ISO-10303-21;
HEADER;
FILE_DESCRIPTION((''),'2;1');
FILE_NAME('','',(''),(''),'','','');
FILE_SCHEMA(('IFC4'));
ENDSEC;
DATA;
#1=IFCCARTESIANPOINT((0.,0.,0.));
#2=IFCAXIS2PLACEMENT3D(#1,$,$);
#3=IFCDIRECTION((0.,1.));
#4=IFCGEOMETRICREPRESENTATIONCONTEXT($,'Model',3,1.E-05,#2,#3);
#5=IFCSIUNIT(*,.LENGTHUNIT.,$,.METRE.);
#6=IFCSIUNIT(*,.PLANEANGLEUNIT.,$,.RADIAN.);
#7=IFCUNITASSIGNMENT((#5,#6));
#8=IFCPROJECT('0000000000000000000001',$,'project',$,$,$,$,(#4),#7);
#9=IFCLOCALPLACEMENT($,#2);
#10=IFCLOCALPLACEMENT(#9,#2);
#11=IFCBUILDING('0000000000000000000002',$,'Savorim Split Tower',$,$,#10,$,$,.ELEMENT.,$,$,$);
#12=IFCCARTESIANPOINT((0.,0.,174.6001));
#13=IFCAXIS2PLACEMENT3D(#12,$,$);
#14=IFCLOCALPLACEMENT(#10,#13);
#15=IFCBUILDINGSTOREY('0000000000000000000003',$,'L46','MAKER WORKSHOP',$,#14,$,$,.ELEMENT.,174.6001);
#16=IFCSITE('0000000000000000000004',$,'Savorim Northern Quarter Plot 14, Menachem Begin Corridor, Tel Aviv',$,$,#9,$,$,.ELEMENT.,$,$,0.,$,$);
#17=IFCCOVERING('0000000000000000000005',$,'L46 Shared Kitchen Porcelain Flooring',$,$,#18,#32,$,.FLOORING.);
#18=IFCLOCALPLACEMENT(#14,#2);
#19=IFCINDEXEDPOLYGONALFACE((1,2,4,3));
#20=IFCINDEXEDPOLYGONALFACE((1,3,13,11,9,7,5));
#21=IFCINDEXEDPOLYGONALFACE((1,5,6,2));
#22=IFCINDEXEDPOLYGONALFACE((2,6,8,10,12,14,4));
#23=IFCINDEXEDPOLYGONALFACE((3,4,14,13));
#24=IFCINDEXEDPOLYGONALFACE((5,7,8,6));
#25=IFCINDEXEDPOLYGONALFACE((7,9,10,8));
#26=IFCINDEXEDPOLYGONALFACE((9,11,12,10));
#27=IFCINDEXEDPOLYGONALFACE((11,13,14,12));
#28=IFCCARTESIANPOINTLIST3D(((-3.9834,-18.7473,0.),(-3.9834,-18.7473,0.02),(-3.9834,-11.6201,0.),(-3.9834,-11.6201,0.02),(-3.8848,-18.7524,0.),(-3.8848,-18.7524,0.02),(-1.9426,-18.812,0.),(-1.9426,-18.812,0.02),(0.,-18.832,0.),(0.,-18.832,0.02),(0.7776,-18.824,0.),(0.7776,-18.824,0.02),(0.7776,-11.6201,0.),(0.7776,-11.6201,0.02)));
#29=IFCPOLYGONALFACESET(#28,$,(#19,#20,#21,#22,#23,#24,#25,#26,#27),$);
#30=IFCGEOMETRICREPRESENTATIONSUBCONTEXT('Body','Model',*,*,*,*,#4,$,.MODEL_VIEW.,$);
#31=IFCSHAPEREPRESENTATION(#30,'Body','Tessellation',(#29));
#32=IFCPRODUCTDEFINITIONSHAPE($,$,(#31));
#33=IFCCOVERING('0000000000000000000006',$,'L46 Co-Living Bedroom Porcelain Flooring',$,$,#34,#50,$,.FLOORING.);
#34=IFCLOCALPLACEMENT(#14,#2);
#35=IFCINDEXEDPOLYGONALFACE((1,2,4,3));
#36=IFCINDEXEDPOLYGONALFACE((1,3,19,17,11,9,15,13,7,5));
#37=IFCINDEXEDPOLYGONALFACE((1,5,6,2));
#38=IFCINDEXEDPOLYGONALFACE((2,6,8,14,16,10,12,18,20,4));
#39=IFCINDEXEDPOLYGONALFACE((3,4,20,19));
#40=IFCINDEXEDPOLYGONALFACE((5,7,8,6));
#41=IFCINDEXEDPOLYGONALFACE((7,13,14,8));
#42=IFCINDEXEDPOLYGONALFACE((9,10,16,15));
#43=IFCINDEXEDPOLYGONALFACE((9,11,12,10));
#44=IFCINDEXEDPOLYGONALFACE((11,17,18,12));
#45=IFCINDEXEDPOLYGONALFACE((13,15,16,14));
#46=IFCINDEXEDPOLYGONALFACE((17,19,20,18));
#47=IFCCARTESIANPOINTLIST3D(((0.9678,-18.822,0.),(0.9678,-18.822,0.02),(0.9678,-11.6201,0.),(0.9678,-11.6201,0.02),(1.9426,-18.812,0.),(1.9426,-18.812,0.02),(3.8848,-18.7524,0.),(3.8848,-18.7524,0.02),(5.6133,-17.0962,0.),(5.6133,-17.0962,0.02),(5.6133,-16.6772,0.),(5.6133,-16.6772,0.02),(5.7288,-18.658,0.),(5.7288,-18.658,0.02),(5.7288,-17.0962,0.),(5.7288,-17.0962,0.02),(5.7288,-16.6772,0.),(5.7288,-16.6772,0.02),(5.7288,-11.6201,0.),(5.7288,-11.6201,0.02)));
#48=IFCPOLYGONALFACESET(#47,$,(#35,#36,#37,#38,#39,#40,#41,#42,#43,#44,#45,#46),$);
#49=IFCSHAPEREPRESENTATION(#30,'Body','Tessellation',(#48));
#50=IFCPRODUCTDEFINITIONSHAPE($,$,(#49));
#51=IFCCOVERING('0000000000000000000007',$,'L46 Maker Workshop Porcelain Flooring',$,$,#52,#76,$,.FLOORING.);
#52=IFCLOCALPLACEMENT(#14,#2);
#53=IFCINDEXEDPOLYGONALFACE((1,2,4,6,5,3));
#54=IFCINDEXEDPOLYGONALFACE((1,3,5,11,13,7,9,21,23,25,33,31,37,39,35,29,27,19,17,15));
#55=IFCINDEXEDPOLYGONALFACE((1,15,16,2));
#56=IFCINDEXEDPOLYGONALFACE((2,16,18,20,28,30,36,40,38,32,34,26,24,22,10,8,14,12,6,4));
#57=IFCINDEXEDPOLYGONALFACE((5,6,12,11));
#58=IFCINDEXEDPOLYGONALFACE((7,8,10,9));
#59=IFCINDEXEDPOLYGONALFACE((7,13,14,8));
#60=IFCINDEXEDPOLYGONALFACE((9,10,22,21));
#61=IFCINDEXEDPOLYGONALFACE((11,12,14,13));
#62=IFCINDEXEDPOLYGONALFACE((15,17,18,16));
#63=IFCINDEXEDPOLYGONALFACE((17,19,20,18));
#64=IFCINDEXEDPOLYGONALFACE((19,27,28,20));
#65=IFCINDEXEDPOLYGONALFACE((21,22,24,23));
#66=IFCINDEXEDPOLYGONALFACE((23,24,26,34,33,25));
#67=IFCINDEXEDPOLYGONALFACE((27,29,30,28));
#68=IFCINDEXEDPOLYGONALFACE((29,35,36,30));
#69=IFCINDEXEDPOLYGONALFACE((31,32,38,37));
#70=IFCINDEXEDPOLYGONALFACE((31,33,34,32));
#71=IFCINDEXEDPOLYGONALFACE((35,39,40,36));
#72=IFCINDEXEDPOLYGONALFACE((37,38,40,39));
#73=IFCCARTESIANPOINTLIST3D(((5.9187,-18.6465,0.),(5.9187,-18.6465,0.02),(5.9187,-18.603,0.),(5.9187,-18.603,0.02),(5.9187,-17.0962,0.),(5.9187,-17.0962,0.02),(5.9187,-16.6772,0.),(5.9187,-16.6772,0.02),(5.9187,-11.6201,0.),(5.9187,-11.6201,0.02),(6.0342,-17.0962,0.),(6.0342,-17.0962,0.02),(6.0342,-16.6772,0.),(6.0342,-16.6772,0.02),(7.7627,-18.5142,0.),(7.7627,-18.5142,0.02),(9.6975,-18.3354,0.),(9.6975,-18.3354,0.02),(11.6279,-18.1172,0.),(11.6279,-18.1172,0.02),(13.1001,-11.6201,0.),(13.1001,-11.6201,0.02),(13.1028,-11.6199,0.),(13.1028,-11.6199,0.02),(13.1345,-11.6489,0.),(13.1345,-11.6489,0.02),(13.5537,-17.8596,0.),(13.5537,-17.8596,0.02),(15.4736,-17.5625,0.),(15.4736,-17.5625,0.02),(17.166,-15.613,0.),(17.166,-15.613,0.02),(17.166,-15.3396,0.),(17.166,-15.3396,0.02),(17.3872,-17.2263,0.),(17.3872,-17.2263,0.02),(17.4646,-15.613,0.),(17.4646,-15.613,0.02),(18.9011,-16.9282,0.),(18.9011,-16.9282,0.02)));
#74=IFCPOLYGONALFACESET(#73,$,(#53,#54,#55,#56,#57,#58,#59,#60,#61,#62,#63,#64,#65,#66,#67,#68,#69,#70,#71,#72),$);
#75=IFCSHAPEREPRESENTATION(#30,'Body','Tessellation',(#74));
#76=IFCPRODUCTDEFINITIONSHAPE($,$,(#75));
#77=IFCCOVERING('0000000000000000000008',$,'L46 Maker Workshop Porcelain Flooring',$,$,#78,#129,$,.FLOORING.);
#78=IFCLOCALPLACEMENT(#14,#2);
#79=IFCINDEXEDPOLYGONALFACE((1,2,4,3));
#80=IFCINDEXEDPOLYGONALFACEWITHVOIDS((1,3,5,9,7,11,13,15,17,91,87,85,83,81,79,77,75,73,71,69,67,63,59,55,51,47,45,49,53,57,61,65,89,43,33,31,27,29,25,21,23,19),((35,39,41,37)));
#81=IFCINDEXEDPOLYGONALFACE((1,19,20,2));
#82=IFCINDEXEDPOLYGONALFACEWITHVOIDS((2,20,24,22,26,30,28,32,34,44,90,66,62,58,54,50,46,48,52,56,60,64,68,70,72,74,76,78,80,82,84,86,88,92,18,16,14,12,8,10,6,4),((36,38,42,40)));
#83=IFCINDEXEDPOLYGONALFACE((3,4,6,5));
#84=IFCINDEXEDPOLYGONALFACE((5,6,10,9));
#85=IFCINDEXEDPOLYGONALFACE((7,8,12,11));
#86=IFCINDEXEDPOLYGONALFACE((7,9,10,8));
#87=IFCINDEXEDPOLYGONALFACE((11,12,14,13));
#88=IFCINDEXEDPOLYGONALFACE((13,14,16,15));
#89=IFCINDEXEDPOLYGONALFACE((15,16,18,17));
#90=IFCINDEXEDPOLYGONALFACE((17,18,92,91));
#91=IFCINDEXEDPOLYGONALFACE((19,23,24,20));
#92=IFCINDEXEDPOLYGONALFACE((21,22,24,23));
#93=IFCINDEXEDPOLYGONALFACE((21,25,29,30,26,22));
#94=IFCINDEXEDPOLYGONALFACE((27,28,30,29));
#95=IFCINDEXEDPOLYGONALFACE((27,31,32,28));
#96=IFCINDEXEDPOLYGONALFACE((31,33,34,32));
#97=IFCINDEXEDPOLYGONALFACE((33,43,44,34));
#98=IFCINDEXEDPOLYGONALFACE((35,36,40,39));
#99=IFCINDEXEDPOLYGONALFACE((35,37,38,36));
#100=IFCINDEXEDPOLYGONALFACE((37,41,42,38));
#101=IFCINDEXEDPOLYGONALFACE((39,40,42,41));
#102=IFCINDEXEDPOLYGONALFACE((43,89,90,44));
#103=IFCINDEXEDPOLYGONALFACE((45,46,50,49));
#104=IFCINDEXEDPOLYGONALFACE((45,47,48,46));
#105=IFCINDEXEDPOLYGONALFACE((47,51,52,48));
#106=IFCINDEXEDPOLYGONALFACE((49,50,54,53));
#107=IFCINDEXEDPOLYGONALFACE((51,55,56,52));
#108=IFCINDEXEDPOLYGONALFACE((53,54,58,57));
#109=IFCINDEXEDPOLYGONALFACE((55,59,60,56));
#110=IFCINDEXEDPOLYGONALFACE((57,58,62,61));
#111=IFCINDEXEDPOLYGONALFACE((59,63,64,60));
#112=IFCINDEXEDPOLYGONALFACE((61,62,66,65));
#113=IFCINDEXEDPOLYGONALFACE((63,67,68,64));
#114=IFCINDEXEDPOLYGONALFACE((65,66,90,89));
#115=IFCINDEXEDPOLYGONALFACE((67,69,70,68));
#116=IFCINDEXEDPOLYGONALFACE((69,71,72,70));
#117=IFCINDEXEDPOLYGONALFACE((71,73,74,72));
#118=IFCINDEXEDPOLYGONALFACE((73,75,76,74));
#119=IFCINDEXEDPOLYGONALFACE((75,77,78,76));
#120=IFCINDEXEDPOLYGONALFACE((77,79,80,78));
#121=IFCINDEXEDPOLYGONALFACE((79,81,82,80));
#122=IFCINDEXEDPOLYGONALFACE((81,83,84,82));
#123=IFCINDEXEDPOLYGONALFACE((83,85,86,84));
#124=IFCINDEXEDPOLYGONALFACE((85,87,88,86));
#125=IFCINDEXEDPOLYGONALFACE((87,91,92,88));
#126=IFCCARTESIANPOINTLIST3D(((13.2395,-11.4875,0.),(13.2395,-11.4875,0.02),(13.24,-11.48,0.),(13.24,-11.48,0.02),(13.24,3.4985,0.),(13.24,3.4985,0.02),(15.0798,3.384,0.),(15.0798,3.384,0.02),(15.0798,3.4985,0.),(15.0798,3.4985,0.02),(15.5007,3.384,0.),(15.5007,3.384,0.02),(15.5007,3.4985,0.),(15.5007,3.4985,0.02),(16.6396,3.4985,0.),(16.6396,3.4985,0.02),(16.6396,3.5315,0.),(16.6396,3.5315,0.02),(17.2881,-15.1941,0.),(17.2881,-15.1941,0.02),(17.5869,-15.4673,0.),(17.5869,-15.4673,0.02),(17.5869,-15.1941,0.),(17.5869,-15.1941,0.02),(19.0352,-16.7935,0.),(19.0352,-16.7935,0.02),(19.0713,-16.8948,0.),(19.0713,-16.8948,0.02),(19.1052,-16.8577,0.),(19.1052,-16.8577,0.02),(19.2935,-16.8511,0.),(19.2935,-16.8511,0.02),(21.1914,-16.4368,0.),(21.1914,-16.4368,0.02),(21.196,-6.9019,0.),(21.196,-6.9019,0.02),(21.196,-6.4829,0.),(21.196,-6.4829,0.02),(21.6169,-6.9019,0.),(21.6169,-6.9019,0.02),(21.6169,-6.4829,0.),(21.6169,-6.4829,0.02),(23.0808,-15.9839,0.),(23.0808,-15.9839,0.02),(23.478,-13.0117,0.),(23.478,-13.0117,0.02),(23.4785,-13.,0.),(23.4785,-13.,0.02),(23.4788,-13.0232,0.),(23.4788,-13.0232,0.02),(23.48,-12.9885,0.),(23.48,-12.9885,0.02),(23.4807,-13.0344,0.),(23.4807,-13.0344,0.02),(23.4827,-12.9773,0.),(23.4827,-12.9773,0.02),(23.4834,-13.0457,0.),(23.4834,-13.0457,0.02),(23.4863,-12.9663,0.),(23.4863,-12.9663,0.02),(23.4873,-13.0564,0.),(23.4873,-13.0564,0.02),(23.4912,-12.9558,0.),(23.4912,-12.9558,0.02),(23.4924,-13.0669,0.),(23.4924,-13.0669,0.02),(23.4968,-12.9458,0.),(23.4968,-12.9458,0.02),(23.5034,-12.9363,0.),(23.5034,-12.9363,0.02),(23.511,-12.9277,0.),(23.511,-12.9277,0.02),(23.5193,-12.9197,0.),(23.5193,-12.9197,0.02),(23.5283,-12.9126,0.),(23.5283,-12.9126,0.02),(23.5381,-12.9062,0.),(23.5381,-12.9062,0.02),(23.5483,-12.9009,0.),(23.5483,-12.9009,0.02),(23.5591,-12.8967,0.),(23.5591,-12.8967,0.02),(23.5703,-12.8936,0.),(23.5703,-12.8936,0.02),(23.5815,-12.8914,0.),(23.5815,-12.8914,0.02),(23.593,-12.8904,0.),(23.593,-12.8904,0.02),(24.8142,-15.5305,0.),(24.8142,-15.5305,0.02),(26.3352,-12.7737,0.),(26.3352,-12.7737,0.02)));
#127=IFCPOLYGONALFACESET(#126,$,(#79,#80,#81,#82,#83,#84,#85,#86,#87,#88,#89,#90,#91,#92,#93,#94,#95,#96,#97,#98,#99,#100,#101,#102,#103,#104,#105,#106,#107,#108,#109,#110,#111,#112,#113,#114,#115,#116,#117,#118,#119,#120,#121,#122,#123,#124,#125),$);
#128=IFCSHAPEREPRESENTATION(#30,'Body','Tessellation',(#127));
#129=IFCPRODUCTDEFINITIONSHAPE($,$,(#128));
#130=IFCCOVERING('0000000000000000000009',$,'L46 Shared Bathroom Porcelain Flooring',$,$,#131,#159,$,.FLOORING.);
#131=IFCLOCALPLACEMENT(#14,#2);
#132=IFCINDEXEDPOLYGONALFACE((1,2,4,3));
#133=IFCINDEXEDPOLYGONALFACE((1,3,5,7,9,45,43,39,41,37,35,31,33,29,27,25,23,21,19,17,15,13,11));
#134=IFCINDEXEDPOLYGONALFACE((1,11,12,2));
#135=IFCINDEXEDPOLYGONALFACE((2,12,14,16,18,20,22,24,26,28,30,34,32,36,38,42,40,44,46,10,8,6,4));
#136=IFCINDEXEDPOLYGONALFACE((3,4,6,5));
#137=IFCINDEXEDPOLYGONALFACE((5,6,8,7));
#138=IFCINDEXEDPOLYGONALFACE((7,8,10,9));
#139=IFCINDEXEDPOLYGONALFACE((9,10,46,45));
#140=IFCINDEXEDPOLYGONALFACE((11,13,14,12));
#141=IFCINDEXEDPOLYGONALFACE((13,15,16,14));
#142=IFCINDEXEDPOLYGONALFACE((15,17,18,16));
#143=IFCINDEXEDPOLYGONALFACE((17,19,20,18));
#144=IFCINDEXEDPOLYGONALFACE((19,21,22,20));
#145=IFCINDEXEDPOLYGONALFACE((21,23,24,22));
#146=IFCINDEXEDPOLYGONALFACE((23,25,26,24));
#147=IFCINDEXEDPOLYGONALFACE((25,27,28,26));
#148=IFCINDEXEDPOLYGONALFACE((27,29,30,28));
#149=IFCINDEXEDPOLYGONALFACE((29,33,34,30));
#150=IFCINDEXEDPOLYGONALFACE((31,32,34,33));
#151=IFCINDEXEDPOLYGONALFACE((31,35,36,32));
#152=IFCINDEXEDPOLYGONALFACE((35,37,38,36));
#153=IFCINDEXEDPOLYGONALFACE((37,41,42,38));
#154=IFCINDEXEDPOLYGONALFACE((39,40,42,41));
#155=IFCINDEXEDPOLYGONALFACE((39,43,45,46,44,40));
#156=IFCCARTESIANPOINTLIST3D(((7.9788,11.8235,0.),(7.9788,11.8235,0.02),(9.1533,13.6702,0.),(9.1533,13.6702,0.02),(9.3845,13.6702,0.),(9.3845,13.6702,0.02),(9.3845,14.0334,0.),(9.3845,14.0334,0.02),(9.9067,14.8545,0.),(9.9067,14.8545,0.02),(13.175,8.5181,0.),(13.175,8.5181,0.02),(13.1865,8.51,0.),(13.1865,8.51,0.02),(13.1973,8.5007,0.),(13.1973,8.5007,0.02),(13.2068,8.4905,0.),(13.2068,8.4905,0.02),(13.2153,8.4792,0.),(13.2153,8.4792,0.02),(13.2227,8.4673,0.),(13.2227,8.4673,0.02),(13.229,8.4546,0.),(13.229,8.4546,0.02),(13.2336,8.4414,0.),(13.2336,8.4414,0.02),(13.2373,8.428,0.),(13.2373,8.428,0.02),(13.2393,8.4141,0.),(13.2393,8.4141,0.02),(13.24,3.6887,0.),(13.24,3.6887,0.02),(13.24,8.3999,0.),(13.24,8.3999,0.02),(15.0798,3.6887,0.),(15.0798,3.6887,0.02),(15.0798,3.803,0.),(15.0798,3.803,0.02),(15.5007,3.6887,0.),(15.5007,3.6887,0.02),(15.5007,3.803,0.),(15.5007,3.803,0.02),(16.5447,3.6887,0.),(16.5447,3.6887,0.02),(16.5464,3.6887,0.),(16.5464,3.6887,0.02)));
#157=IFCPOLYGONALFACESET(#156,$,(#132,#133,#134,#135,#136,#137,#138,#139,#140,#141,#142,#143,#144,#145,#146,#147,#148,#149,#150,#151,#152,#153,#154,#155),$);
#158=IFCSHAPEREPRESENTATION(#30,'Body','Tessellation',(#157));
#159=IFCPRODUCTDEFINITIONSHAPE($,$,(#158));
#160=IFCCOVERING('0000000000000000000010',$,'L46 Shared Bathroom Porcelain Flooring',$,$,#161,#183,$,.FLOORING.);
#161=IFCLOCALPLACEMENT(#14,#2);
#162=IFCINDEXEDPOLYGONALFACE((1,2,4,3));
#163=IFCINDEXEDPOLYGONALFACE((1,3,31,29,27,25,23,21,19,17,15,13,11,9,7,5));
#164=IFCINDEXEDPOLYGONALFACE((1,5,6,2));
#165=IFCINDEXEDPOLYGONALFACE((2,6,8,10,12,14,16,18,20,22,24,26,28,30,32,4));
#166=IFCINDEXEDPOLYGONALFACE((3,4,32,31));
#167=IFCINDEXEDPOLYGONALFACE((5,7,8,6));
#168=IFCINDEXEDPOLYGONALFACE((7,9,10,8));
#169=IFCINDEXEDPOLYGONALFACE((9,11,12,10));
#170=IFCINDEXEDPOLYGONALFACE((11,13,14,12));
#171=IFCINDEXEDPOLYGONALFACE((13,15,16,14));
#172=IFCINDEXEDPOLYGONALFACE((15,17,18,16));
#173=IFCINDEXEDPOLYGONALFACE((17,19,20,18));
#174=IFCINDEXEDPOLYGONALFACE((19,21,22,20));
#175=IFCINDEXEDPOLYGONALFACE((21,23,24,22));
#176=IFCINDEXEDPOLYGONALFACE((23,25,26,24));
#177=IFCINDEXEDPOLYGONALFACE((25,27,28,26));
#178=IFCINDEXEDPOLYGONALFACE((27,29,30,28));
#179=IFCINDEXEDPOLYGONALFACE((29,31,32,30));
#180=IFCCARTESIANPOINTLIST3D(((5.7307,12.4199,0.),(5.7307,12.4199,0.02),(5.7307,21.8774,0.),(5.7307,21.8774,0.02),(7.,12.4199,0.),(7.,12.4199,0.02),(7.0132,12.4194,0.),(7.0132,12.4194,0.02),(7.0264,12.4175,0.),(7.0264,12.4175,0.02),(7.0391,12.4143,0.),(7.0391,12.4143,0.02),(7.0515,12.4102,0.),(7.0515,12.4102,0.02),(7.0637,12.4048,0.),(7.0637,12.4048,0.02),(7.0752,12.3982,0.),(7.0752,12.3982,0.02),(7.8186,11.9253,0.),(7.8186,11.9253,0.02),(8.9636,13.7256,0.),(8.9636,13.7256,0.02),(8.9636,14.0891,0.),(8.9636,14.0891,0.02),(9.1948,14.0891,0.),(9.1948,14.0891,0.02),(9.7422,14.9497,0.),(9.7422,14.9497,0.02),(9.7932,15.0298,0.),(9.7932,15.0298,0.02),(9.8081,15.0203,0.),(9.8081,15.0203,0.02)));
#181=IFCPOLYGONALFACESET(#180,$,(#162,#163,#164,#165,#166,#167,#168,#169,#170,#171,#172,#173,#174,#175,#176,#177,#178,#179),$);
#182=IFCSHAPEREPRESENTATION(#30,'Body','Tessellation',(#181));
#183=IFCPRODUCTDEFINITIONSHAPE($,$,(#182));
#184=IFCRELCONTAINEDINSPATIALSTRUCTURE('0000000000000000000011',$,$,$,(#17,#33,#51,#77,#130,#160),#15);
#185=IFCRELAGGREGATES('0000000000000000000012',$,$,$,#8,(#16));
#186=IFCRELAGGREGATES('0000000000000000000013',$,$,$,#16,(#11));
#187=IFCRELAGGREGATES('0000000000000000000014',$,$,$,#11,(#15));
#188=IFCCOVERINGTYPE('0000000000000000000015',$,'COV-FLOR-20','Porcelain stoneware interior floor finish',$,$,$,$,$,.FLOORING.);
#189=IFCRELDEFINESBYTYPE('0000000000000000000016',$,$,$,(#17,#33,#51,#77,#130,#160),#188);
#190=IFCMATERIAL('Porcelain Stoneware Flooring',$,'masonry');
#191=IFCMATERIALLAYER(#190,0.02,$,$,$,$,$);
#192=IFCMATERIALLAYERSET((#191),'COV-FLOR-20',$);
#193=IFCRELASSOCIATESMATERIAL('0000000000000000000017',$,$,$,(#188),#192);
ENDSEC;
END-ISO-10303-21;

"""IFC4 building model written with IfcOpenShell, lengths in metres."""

from ifc_helpers import new_model, si_unit, direction, frame, origin, place, context, subcontext, project, spatial, polyline, outline, extrude, material, layer, layer_set, type_object, element, save


model = new_model("IFC4")

# Units and contexts
model_context = context("Model", 3, precision=1e-05, world=origin(), true_north=direction((0.0, 1.0)))
body_context = subcontext(model_context, "Body", "Model", "MODEL_VIEW")
ifc_project = project(units=[si_unit("LENGTHUNIT", "METRE"), si_unit("PLANEANGLEUNIT", "RADIAN")], contexts=[model_context])

# Site, building, storey
site_placement = place(None, origin())
site = spatial("IfcSite", under=ifc_project, at=site_placement, Name="Savorim Northern Quarter Plot 14, Menachem Begin Corridor, Tel Aviv", CompositionType="ELEMENT", RefElevation=0.0)
building_placement = place(site_placement, origin())
building = spatial("IfcBuilding", under=site, at=building_placement, Name="Savorim Split Tower", CompositionType="ELEMENT")
storey_placement = place(building_placement, frame((0.0, 0.0, 174.6001)))
storey = spatial("IfcBuildingStorey", under=building, at=storey_placement, Name="L46", Description="MAKER WORKSHOP", CompositionType="ELEMENT", Elevation=174.6001)

# Coverings
ifc_material_1 = material(Name="Porcelain Stoneware Flooring", Category="masonry")
ifc_layer_1 = layer(ifc_material_1, 0.02)
ifc_layer_set_1 = layer_set([ifc_layer_1], Name="COV-FLOR-20")
covering_type_1 = type_object("IfcCoveringType", Name="COV-FLOR-20", Description="Porcelain stoneware interior floor finish", PredefinedType="FLOORING", material=ifc_layer_set_1)
covering_1_placement = place(storey_placement, origin())
element("IfcCovering", 1, at=covering_1_placement, inside=storey, type_object=covering_type_1, Name="L46 Shared Kitchen Porcelain Flooring", PredefinedType="FLOORING", context=body_context, shape_type="SweptSolid", body=[
    extrude(outline(polyline([(-3.8848, -18.7524), (-1.9426, -18.812), (0.0, -18.832), (0.7776, -18.824), (0.7776, -11.6201), (-3.9834, -11.6201), (-3.9834, -18.7473), (-3.8848, -18.7524)])), origin(), (0.0, 0.0, 1.0), 0.02),
])
covering_2_placement = place(storey_placement, origin())
element("IfcCovering", 2, at=covering_2_placement, inside=storey, type_object=covering_type_1, Name="L46 Co-Living Bedroom Porcelain Flooring", PredefinedType="FLOORING", context=body_context, shape_type="SweptSolid", body=[
    extrude(outline(polyline([(0.9678, -11.6201), (0.9678, -18.822), (1.9426, -18.812), (3.8848, -18.7524), (5.7288, -18.658), (5.7288, -17.0962), (5.6133, -17.0962), (5.6133, -16.6772), (5.7288, -16.6772), (5.7288, -11.6201), (0.9678, -11.6201)])), origin(), (0.0, 0.0, 1.0), 0.02),
])
covering_3_placement = place(storey_placement, origin())
element("IfcCovering", 3, at=covering_3_placement, inside=storey, type_object=covering_type_1, Name="L46 Maker Workshop Porcelain Flooring", PredefinedType="FLOORING", context=body_context, shape_type="SweptSolid", body=[
    extrude(outline(polyline([(11.6279, -18.1172), (13.5537, -17.8596), (15.4736, -17.5625), (17.3872, -17.2263), (18.9011, -16.9282), (17.4646, -15.613), (17.166, -15.613), (17.166, -15.3396), (13.1345, -11.6489), (13.1028, -11.6199), (13.1001, -11.6201), (5.9187, -11.6201), (5.9187, -16.6772), (6.0342, -16.6772), (6.0342, -17.0962), (5.9187, -17.0962), (5.9187, -18.603), (5.9187, -18.6465), (7.7627, -18.5142), (9.6975, -18.3354), (11.6279, -18.1172)])), origin(), (0.0, 0.0, 1.0), 0.02),
])
covering_4_placement = place(storey_placement, origin())
element("IfcCovering", 4, at=covering_4_placement, inside=storey, type_object=covering_type_1, Name="L46 Maker Workshop Porcelain Flooring", PredefinedType="FLOORING", context=body_context, shape_type="SweptSolid", body=[
    extrude(outline(polyline([(23.5703, -12.8936), (23.5815, -12.8914), (23.593, -12.8904), (26.3352, -12.7737), (16.6396, 3.5315), (16.6396, 3.4985), (15.5007, 3.4985), (15.5007, 3.384), (15.0798, 3.384), (15.0798, 3.4985), (13.24, 3.4985), (13.24, -11.48), (13.2395, -11.4875), (17.2881, -15.1941), (17.5869, -15.1941), (17.5869, -15.4673), (19.0352, -16.7935), (19.1052, -16.8577), (19.0713, -16.8948), (19.2935, -16.8511), (21.1914, -16.4368), (23.0808, -15.9839), (24.8142, -15.5305), (23.4924, -13.0669), (23.4873, -13.0564), (23.4834, -13.0457), (23.4807, -13.0344), (23.4788, -13.0232), (23.478, -13.0117), (23.4785, -13.0), (23.48, -12.9885), (23.4827, -12.9773), (23.4863, -12.9663), (23.4912, -12.9558), (23.4968, -12.9458), (23.5034, -12.9363), (23.511, -12.9277), (23.5193, -12.9197), (23.5283, -12.9126), (23.5381, -12.9062), (23.5483, -12.9009), (23.5591, -12.8967), (23.5703, -12.8936)]), holes=[polyline([(21.6169, -6.9019), (21.6169, -6.4829), (21.196, -6.4829), (21.196, -6.9019), (21.6169, -6.9019)])]), origin(), (0.0, 0.0, 1.0), 0.02),
])
covering_5_placement = place(storey_placement, origin())
element("IfcCovering", 5, at=covering_5_placement, inside=storey, type_object=covering_type_1, Name="L46 Shared Bathroom Porcelain Flooring", PredefinedType="FLOORING", context=body_context, shape_type="SweptSolid", body=[
    extrude(outline(polyline([(15.5007, 3.803), (15.5007, 3.6887), (16.5447, 3.6887), (16.5464, 3.6887), (9.9067, 14.8545), (9.3845, 14.0334), (9.3845, 13.6702), (9.1533, 13.6702), (7.9788, 11.8235), (13.175, 8.5181), (13.1865, 8.51), (13.1973, 8.5007), (13.2068, 8.4905), (13.2153, 8.4792), (13.2227, 8.4673), (13.229, 8.4546), (13.2336, 8.4414), (13.2373, 8.428), (13.2393, 8.4141), (13.24, 8.3999), (13.24, 3.6887), (15.0798, 3.6887), (15.0798, 3.803), (15.5007, 3.803)])), origin(), (0.0, 0.0, 1.0), 0.02),
])
covering_6_placement = place(storey_placement, origin())
element("IfcCovering", 6, at=covering_6_placement, inside=storey, type_object=covering_type_1, Name="L46 Shared Bathroom Porcelain Flooring", PredefinedType="FLOORING", context=body_context, shape_type="SweptSolid", body=[
    extrude(outline(polyline([(9.7422, 14.9497), (9.7932, 15.0298), (9.8081, 15.0203), (5.7307, 21.8774), (5.7307, 12.4199), (7.0, 12.4199), (7.0132, 12.4194), (7.0264, 12.4175), (7.0391, 12.4143), (7.0515, 12.4102), (7.0637, 12.4048), (7.0752, 12.3982), (7.8186, 11.9253), (8.9636, 13.7256), (8.9636, 14.0891), (9.1948, 14.0891), (9.7422, 14.9497)])), origin(), (0.0, 0.0, 1.0), 0.02),
])

save(model, "model.ifc")
